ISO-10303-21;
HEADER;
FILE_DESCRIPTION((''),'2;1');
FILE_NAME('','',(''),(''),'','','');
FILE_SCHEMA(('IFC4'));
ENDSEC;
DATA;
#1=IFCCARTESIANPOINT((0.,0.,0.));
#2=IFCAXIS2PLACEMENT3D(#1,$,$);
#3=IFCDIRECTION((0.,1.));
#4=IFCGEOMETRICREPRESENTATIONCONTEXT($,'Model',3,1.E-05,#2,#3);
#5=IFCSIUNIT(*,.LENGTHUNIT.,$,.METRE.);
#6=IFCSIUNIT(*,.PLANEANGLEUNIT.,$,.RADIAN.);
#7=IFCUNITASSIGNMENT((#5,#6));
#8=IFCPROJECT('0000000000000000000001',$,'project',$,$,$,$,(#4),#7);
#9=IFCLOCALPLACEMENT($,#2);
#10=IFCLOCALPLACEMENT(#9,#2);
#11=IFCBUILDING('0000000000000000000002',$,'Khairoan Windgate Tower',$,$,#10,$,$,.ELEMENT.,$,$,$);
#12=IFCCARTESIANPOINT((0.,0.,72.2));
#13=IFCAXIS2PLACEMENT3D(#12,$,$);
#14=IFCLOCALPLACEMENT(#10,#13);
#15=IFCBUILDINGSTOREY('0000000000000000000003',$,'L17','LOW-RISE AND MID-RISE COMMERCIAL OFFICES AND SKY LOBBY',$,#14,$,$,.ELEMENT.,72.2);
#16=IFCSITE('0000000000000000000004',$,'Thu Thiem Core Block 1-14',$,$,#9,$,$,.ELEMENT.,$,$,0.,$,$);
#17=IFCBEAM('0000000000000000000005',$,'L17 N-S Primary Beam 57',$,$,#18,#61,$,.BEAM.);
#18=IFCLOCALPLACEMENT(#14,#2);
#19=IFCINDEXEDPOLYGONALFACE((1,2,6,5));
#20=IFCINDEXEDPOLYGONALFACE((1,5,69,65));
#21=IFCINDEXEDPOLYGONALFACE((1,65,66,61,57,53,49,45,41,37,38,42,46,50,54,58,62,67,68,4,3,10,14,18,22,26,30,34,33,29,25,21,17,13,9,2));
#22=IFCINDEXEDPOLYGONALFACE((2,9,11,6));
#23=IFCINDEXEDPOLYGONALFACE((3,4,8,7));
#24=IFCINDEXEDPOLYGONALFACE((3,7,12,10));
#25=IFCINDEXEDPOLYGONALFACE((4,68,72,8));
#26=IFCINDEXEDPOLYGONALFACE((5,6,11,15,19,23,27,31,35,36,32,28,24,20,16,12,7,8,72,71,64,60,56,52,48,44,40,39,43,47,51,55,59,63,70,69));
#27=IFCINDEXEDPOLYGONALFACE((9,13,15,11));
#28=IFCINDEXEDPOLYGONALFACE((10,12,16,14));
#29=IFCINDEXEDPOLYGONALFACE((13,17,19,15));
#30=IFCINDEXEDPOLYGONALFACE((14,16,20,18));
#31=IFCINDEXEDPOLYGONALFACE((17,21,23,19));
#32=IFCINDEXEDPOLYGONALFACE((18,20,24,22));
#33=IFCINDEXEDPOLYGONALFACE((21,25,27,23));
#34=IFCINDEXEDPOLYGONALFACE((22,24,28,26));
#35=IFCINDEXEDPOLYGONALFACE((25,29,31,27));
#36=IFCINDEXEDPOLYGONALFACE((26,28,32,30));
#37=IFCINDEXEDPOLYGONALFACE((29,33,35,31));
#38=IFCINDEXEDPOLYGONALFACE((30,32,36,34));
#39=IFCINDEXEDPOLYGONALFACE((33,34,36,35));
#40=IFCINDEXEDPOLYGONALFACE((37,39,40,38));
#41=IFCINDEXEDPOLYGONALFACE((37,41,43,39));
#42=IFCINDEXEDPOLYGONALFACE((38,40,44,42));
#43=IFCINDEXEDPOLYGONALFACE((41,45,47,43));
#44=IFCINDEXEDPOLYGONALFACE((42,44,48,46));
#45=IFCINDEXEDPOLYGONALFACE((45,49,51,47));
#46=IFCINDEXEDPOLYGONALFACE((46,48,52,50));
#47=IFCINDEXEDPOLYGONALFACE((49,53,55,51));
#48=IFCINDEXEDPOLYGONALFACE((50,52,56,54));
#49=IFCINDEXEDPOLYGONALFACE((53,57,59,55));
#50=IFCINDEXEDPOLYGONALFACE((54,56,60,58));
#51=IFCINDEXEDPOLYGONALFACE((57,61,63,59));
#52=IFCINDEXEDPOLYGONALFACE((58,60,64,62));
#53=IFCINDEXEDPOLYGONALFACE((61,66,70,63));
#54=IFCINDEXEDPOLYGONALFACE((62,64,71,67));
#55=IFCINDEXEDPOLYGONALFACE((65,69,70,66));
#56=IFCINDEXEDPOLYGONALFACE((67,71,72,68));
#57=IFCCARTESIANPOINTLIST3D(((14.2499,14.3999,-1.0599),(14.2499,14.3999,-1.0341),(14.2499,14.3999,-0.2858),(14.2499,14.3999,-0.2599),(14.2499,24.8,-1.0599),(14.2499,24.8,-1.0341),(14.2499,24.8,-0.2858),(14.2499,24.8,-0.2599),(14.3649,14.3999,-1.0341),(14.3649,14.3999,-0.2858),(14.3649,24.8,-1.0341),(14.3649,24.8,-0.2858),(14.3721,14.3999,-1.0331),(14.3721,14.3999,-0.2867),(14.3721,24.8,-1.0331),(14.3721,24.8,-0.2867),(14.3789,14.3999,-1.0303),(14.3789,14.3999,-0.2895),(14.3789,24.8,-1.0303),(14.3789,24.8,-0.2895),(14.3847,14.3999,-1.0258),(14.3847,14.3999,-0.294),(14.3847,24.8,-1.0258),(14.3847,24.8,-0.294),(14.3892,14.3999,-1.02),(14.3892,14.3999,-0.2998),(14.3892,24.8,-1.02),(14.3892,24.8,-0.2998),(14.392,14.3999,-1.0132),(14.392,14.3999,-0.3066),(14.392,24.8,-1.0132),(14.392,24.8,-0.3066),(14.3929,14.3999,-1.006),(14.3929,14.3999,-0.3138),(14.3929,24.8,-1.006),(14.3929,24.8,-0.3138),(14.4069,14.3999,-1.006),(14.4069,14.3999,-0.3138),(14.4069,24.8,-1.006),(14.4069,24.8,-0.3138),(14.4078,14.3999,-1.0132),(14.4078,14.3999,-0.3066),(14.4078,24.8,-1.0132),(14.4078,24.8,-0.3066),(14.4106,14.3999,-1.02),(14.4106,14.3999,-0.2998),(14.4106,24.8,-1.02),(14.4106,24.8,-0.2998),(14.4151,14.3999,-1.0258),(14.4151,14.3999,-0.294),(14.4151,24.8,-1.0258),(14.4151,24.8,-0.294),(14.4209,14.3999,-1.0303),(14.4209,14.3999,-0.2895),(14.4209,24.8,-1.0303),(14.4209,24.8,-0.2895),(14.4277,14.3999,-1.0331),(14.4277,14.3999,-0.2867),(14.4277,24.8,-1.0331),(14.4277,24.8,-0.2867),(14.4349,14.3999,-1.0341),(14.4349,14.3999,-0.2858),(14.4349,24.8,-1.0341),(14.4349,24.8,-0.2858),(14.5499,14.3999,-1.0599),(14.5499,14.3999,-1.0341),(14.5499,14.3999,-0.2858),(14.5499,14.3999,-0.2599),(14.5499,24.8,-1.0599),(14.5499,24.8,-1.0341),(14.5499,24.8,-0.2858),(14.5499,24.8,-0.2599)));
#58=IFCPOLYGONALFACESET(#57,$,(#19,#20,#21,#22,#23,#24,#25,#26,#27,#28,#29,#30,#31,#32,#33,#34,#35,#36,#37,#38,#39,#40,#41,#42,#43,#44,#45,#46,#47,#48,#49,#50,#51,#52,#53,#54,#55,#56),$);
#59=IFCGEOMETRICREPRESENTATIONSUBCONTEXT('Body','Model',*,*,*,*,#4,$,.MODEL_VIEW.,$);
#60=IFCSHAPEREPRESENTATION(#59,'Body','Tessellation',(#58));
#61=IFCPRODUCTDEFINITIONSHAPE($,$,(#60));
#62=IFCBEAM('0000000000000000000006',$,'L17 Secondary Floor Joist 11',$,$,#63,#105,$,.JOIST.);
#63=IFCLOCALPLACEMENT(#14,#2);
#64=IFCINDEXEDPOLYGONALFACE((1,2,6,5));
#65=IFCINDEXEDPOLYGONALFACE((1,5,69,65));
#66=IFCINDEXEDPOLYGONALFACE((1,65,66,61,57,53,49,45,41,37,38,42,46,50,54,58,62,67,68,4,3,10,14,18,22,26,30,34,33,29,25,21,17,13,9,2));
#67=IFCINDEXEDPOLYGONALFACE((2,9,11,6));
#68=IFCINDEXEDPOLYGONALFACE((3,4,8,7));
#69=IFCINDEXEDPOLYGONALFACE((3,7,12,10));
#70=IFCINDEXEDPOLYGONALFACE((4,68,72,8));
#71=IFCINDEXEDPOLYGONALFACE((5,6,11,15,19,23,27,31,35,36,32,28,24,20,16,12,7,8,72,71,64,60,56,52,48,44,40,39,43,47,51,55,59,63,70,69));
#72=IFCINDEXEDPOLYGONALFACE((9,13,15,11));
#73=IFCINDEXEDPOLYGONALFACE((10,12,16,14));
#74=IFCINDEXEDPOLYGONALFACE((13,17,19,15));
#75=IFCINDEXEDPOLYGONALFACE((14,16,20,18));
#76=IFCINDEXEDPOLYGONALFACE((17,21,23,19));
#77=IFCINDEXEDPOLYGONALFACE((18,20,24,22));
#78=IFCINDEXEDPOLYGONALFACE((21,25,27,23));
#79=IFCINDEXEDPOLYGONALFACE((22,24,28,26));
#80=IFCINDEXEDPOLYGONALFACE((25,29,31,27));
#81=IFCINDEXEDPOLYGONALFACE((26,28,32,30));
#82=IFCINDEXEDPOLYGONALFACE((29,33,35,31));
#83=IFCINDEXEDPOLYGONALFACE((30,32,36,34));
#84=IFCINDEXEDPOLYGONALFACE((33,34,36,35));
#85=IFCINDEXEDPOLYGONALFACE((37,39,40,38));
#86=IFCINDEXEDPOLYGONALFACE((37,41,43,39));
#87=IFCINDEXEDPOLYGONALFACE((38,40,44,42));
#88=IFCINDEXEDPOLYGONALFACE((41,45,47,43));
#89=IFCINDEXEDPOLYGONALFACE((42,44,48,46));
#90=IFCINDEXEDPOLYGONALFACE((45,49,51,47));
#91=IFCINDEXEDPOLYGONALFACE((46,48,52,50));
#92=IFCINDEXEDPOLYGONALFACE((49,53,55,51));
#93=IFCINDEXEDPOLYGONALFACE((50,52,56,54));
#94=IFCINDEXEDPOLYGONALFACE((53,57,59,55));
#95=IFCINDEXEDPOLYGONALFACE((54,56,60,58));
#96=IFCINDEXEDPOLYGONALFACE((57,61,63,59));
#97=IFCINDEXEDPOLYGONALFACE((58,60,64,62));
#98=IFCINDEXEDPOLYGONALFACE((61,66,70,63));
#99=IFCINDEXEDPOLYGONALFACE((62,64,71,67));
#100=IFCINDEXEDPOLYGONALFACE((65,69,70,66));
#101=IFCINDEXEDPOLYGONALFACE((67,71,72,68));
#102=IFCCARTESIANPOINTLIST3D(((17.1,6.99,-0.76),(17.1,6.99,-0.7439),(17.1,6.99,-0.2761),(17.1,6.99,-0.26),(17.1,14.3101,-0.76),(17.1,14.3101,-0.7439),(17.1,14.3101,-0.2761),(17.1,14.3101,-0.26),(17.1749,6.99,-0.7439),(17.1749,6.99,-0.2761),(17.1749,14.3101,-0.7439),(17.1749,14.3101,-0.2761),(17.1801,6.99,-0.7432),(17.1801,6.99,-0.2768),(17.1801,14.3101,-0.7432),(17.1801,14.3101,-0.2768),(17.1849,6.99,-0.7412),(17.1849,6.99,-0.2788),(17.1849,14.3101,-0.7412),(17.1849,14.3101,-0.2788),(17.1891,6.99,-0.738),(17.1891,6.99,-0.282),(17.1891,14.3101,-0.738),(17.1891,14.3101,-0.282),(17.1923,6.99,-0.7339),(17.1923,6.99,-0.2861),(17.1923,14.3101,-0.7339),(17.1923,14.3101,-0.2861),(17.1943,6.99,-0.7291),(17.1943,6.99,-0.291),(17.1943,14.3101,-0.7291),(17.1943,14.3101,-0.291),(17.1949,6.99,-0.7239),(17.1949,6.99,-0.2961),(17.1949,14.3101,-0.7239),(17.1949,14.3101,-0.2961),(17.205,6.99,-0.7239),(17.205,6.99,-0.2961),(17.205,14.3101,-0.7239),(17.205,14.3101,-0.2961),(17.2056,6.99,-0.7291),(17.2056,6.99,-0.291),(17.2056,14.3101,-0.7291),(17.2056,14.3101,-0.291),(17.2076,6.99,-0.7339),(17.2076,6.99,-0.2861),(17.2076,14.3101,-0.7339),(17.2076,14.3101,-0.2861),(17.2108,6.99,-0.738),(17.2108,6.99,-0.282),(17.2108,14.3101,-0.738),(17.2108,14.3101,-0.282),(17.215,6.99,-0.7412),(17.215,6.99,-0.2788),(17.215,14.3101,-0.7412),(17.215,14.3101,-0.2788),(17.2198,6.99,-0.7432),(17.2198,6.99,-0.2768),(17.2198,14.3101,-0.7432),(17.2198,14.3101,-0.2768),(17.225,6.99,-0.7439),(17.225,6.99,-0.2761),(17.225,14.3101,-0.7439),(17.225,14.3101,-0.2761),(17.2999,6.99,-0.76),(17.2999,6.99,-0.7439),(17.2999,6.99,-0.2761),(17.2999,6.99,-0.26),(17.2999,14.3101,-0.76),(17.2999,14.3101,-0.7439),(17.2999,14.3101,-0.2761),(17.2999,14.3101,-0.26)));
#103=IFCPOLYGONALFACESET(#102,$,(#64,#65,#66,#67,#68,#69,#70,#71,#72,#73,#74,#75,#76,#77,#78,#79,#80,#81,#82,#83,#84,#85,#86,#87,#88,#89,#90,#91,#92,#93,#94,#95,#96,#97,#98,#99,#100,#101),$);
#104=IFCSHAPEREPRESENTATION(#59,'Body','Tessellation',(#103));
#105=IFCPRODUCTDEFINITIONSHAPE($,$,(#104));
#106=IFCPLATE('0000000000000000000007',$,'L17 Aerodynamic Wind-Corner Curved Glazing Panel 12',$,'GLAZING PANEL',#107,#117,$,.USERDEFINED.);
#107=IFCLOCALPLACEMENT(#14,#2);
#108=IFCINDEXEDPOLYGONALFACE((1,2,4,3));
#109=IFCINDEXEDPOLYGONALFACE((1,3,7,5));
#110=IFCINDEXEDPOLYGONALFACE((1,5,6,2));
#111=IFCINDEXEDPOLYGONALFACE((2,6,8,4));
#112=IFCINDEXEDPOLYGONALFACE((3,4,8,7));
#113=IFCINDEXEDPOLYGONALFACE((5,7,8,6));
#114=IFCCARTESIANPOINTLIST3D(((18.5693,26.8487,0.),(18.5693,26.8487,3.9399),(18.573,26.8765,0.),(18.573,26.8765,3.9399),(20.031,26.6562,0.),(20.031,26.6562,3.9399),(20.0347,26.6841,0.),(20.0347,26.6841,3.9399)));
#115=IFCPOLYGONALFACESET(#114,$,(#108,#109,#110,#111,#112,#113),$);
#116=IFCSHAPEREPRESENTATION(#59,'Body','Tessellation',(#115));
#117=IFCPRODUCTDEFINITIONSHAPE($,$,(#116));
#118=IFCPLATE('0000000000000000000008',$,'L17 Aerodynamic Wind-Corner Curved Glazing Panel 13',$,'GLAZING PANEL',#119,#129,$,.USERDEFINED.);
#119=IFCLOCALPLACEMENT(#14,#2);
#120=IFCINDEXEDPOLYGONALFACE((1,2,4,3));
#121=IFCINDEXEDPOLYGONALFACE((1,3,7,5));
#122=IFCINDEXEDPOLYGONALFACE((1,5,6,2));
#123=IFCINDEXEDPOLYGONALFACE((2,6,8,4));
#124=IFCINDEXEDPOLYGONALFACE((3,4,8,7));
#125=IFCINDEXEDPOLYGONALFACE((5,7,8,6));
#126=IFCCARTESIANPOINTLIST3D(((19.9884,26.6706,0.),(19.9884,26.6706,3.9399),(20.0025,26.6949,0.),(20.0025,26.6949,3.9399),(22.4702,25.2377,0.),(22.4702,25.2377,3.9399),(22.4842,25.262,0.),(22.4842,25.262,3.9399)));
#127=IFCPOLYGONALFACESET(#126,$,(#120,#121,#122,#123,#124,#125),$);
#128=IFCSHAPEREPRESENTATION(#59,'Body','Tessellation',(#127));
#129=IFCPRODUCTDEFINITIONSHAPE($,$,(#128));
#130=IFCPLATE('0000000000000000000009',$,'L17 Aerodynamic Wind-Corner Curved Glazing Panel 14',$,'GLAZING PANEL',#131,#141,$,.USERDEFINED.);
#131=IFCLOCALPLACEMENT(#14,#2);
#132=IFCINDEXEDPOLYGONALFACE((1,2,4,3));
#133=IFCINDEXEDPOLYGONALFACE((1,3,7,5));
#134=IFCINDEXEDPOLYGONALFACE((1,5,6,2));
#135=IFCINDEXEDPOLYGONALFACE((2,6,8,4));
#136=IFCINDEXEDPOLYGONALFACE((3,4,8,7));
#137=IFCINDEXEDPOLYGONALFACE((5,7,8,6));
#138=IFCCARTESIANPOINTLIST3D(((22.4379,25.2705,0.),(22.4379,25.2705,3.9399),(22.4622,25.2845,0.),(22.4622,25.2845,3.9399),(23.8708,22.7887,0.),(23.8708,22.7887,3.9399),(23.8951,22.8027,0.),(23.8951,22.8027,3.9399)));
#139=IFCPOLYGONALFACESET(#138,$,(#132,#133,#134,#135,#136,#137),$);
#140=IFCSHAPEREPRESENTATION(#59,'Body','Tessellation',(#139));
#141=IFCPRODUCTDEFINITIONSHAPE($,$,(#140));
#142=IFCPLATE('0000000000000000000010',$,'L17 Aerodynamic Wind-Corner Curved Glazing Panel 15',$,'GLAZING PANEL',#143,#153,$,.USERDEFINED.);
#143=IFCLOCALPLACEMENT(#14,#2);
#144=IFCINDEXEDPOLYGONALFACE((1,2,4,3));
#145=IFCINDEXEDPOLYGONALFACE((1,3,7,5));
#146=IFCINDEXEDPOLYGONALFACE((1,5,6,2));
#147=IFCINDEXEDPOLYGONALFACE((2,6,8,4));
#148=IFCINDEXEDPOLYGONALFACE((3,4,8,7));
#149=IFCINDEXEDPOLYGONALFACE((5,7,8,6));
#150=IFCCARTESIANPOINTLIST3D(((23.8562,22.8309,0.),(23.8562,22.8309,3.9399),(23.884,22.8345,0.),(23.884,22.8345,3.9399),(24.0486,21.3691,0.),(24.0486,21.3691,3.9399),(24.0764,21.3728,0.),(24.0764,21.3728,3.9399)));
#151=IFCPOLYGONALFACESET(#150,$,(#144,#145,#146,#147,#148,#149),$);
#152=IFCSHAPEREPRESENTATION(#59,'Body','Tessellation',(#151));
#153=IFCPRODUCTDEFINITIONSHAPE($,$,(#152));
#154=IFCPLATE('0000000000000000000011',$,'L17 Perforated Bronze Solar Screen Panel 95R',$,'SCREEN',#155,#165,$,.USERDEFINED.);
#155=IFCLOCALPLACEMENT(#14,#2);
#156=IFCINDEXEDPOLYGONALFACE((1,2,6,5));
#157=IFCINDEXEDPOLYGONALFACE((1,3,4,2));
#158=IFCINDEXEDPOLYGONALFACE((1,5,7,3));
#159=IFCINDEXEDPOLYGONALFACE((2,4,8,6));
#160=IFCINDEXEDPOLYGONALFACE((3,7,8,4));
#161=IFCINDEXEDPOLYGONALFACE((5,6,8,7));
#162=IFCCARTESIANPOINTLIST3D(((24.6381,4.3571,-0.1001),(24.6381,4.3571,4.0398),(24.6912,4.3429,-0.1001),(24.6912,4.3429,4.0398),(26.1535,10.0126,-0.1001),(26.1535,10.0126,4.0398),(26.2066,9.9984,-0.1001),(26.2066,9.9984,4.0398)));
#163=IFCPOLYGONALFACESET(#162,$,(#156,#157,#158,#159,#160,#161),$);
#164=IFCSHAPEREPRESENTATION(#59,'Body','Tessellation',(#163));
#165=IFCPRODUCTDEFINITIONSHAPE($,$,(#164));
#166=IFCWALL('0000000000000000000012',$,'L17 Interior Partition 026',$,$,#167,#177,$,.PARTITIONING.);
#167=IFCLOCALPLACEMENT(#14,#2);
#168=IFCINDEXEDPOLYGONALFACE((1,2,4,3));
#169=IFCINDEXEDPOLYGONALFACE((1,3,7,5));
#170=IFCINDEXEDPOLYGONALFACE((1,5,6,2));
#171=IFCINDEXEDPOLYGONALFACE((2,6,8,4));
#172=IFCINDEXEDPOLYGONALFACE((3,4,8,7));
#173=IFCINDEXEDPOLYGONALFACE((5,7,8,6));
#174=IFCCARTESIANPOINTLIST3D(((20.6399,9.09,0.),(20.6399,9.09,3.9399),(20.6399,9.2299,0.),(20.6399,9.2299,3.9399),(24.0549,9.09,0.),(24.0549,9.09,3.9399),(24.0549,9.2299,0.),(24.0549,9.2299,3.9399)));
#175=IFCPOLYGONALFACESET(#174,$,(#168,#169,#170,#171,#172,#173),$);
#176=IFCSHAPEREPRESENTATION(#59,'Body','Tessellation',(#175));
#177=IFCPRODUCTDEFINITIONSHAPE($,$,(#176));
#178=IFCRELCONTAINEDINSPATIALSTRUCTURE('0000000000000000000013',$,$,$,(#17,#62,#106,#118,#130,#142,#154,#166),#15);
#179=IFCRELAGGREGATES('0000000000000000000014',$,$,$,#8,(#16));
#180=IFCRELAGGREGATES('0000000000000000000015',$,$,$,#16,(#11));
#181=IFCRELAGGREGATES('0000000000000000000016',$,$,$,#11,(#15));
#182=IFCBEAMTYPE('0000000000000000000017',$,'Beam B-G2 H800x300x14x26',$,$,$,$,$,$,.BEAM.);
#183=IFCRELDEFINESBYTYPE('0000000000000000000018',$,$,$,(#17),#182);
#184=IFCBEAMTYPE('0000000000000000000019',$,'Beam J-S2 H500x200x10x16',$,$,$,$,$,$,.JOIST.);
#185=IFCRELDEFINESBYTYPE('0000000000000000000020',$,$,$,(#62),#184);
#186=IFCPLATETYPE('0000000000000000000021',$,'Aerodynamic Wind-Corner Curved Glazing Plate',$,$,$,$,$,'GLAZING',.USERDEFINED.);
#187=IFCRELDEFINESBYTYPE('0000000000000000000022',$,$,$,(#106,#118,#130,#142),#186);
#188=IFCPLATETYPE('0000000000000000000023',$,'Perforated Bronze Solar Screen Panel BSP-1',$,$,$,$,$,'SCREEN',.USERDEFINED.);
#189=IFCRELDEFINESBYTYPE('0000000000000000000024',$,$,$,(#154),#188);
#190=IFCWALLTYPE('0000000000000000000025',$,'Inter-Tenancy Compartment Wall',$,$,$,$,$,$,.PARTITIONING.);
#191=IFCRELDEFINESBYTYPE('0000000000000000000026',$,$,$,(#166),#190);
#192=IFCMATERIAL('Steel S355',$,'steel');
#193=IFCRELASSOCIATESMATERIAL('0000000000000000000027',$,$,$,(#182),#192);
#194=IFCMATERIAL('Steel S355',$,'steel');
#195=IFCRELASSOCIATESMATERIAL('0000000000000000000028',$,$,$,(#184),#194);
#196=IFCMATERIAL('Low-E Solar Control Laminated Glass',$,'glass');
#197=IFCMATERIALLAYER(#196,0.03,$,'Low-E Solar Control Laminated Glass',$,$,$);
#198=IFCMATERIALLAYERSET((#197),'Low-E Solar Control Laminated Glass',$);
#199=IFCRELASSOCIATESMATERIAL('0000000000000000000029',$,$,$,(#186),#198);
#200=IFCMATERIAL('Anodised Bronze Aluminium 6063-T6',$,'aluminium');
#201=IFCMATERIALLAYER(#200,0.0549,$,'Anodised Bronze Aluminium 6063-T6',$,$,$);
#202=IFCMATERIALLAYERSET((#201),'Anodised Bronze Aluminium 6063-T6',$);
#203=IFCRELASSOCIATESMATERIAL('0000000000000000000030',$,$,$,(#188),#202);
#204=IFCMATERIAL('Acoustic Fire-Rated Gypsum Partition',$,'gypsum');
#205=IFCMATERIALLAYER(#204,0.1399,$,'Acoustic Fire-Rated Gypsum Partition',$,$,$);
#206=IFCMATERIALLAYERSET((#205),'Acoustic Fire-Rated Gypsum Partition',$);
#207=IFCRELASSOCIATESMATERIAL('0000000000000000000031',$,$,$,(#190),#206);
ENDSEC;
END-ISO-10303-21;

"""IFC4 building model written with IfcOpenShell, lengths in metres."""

from ifc_helpers import new_model, si_unit, direction, frame, frame_2d, origin, origin_2d, place, context, subcontext, project, spatial, rectangle, i_section, extrude, material, layer, layer_set, material_profile, profile_set, type_object, element, save


model = new_model("IFC4")

# Units and contexts
model_context = context("Model", 3, precision=1e-05, world=origin(), true_north=direction((0.0, 1.0)))
body_context = subcontext(model_context, "Body", "Model", "MODEL_VIEW")
ifc_project = project(units=[si_unit("LENGTHUNIT", "METRE"), si_unit("PLANEANGLEUNIT", "RADIAN")], contexts=[model_context])

# Site, building, storey
site_placement = place(None, origin())
site = spatial("IfcSite", under=ifc_project, at=site_placement, Name="Thu Thiem Core Block 1-14", CompositionType="ELEMENT", RefElevation=0.0)
building_placement = place(site_placement, origin())
building = spatial("IfcBuilding", under=site, at=building_placement, Name="Khairoan Windgate Tower", CompositionType="ELEMENT")
storey_placement = place(building_placement, frame((0.0, 0.0, 72.2)))
storey = spatial("IfcBuildingStorey", under=building, at=storey_placement, Name="L17", Description="LOW-RISE AND MID-RISE COMMERCIAL OFFICES AND SKY LOBBY", CompositionType="ELEMENT", Elevation=72.2)

# Beams
ifc_material_1 = material(Name="Steel S355", Category="steel")
ifc_material_profile_1 = material_profile(ifc_material_1, i_section(OverallWidth=0.3, OverallDepth=0.8, WebThickness=0.0139, FlangeThickness=0.0259, FilletRadius=0.0281, at=origin_2d()))
ifc_profile_set_1 = profile_set([ifc_material_profile_1], Name="Steel S355")
beam_type_1 = type_object("IfcBeamType", Name="Beam B-G2 H800x300x14x26", PredefinedType="BEAM", material=ifc_profile_set_1)
beam_1_placement = place(storey_placement, frame((14.3999, 14.3999, -0.6599), z_axis=(0.0, 1.0, 0.0), x_axis=(-1.0, 0.0, 0.0)))
element("IfcBeam", 1, at=beam_1_placement, inside=storey, type_object=beam_type_1, Name="L17 N-S Primary Beam 57", PredefinedType="BEAM", context=body_context, shape_type="SweptSolid", body=[
    extrude(i_section(OverallWidth=0.3, OverallDepth=0.8, WebThickness=0.0139, FlangeThickness=0.0259, FilletRadius=0.0281, at=origin_2d()), origin(), (0.0, 0.0, 1.0), 10.4001),
])
ifc_material_2 = material(Name="Steel S355", Category="steel")
ifc_material_profile_2 = material_profile(ifc_material_2, i_section(OverallWidth=0.2, OverallDepth=0.5, WebThickness=0.01, FlangeThickness=0.0161, FilletRadius=0.02, at=origin_2d()))
ifc_profile_set_2 = profile_set([ifc_material_profile_2], Name="Steel S355")
beam_type_2 = type_object("IfcBeamType", Name="Beam J-S2 H500x200x10x16", PredefinedType="JOIST", material=ifc_profile_set_2)
beam_2_placement = place(storey_placement, frame((17.2, 6.99, -0.51), z_axis=(0.0, 1.0, 0.0), x_axis=(-1.0, 0.0, 0.0)))
element("IfcBeam", 2, at=beam_2_placement, inside=storey, type_object=beam_type_2, Name="L17 Secondary Floor Joist 11", PredefinedType="JOIST", context=body_context, shape_type="SweptSolid", body=[
    extrude(i_section(OverallWidth=0.2, OverallDepth=0.5, WebThickness=0.01, FlangeThickness=0.0161, FilletRadius=0.02, at=origin_2d()), origin(), (0.0, 0.0, 1.0), 7.3201),
])

# Plates
ifc_material_3 = material(Name="Low-E Solar Control Laminated Glass", Category="glass")
ifc_layer_1 = layer(ifc_material_3, 0.03, Name="Low-E Solar Control Laminated Glass")
ifc_layer_set_1 = layer_set([ifc_layer_1], Name="Low-E Solar Control Laminated Glass")
plate_type_1 = type_object("IfcPlateType", Name="Aerodynamic Wind-Corner Curved Glazing Plate", ElementType="GLAZING", PredefinedType="USERDEFINED", material=ifc_layer_set_1)
plate_1_placement = place(storey_placement, frame((19.302, 26.7664, 0.0), z_axis=(0.0, 0.0, 1.0), x_axis=(0.991445, -0.130526, 0.0)))
element("IfcPlate", 3, at=plate_1_placement, inside=storey, type_object=plate_type_1, Name="L17 Aerodynamic Wind-Corner Curved Glazing Panel 12", ObjectType="GLAZING PANEL", PredefinedType="USERDEFINED", context=body_context, shape_type="SweptSolid", body=[
    extrude(rectangle(XDim=1.4744, YDim=0.0281, at=origin_2d()), origin(), (0.0, 0.0, 1.0), 3.9399),
])
for number, where, z_axis, x_axis, name in (
    (4, (21.2363, 25.9663, 0.0), (0.0, 0.0, 1.0), (0.866025, -0.5, 0.0), "L17 Aerodynamic Wind-Corner Curved Glazing Panel 13"),
    (5, (23.1665, 24.0366, 0.0), (0.0, 0.0, 1.0), (0.5, -0.866025, 0.0), "L17 Aerodynamic Wind-Corner Curved Glazing Panel 14"),
):
    element("IfcPlate", number, at=place(storey_placement, frame(where, z_axis=z_axis, x_axis=x_axis)), inside=storey, type_object=plate_type_1, Name=name, ObjectType="GLAZING PANEL", PredefinedType="USERDEFINED", context=body_context, shape_type="SweptSolid", body=[
        extrude(rectangle(XDim=2.8657, YDim=0.0281, at=origin_2d()), origin(), (0.0, 0.0, 1.0), 3.9399),
    ])
plate_2_placement = place(storey_placement, frame((23.9663, 22.1018, 0.0), z_axis=(0.0, 0.0, 1.0), x_axis=(0.130526, -0.991445, 0.0)))
element("IfcPlate", 6, at=plate_2_placement, inside=storey, type_object=plate_type_1, Name="L17 Aerodynamic Wind-Corner Curved Glazing Panel 15", ObjectType="GLAZING PANEL", PredefinedType="USERDEFINED", context=body_context, shape_type="SweptSolid", body=[
    extrude(rectangle(XDim=1.4744, YDim=0.0281, at=origin_2d()), origin(), (0.0, 0.0, 1.0), 3.9399),
])

# Plate
ifc_material_4 = material(Name="Anodised Bronze Aluminium 6063-T6", Category="aluminium")
ifc_layer_2 = layer(ifc_material_4, 0.0549, Name="Anodised Bronze Aluminium 6063-T6")
ifc_layer_set_2 = layer_set([ifc_layer_2], Name="Anodised Bronze Aluminium 6063-T6")
plate_type_2 = type_object("IfcPlateType", Name="Perforated Bronze Solar Screen Panel BSP-1", ElementType="SCREEN", PredefinedType="USERDEFINED", material=ifc_layer_set_2)
plate_3_placement = place(storey_placement, frame((25.4224, 7.1777, -0.1001), z_axis=(0.0, 0.0, 1.0), x_axis=(-0.258819, -0.965926, 0.0)))
element("IfcPlate", 7, at=plate_3_placement, inside=storey, type_object=plate_type_2, Name="L17 Perforated Bronze Solar Screen Panel 95R", ObjectType="SCREEN", PredefinedType="USERDEFINED", context=body_context, shape_type="SweptSolid", body=[
    extrude(rectangle(XDim=5.855, YDim=0.0549, at=origin_2d()), origin(), (0.0, 0.0, 1.0), 4.1399),
])

# Wall
ifc_material_5 = material(Name="Acoustic Fire-Rated Gypsum Partition", Category="gypsum")
ifc_layer_3 = layer(ifc_material_5, 0.1399, Name="Acoustic Fire-Rated Gypsum Partition")
ifc_layer_set_3 = layer_set([ifc_layer_3], Name="Acoustic Fire-Rated Gypsum Partition")
wall_type_1 = type_object("IfcWallType", Name="Inter-Tenancy Compartment Wall", PredefinedType="PARTITIONING", material=ifc_layer_set_3)
wall_1_placement = place(storey_placement, frame((20.6399, 9.1599, 0.0), z_axis=(0.0, 0.0, 1.0), x_axis=(1.0, 0.0, 0.0)))
element("IfcWall", 8, at=wall_1_placement, inside=storey, type_object=wall_type_1, Name="L17 Interior Partition 026", PredefinedType="PARTITIONING", context=body_context, shape_type="SweptSolid", body=[
    extrude(rectangle(XDim=3.415, YDim=0.1399, at=frame_2d((1.7075, 0.0))), origin(), (0.0, 0.0, 1.0), 3.9399),
])

save(model, "model.ifc")
